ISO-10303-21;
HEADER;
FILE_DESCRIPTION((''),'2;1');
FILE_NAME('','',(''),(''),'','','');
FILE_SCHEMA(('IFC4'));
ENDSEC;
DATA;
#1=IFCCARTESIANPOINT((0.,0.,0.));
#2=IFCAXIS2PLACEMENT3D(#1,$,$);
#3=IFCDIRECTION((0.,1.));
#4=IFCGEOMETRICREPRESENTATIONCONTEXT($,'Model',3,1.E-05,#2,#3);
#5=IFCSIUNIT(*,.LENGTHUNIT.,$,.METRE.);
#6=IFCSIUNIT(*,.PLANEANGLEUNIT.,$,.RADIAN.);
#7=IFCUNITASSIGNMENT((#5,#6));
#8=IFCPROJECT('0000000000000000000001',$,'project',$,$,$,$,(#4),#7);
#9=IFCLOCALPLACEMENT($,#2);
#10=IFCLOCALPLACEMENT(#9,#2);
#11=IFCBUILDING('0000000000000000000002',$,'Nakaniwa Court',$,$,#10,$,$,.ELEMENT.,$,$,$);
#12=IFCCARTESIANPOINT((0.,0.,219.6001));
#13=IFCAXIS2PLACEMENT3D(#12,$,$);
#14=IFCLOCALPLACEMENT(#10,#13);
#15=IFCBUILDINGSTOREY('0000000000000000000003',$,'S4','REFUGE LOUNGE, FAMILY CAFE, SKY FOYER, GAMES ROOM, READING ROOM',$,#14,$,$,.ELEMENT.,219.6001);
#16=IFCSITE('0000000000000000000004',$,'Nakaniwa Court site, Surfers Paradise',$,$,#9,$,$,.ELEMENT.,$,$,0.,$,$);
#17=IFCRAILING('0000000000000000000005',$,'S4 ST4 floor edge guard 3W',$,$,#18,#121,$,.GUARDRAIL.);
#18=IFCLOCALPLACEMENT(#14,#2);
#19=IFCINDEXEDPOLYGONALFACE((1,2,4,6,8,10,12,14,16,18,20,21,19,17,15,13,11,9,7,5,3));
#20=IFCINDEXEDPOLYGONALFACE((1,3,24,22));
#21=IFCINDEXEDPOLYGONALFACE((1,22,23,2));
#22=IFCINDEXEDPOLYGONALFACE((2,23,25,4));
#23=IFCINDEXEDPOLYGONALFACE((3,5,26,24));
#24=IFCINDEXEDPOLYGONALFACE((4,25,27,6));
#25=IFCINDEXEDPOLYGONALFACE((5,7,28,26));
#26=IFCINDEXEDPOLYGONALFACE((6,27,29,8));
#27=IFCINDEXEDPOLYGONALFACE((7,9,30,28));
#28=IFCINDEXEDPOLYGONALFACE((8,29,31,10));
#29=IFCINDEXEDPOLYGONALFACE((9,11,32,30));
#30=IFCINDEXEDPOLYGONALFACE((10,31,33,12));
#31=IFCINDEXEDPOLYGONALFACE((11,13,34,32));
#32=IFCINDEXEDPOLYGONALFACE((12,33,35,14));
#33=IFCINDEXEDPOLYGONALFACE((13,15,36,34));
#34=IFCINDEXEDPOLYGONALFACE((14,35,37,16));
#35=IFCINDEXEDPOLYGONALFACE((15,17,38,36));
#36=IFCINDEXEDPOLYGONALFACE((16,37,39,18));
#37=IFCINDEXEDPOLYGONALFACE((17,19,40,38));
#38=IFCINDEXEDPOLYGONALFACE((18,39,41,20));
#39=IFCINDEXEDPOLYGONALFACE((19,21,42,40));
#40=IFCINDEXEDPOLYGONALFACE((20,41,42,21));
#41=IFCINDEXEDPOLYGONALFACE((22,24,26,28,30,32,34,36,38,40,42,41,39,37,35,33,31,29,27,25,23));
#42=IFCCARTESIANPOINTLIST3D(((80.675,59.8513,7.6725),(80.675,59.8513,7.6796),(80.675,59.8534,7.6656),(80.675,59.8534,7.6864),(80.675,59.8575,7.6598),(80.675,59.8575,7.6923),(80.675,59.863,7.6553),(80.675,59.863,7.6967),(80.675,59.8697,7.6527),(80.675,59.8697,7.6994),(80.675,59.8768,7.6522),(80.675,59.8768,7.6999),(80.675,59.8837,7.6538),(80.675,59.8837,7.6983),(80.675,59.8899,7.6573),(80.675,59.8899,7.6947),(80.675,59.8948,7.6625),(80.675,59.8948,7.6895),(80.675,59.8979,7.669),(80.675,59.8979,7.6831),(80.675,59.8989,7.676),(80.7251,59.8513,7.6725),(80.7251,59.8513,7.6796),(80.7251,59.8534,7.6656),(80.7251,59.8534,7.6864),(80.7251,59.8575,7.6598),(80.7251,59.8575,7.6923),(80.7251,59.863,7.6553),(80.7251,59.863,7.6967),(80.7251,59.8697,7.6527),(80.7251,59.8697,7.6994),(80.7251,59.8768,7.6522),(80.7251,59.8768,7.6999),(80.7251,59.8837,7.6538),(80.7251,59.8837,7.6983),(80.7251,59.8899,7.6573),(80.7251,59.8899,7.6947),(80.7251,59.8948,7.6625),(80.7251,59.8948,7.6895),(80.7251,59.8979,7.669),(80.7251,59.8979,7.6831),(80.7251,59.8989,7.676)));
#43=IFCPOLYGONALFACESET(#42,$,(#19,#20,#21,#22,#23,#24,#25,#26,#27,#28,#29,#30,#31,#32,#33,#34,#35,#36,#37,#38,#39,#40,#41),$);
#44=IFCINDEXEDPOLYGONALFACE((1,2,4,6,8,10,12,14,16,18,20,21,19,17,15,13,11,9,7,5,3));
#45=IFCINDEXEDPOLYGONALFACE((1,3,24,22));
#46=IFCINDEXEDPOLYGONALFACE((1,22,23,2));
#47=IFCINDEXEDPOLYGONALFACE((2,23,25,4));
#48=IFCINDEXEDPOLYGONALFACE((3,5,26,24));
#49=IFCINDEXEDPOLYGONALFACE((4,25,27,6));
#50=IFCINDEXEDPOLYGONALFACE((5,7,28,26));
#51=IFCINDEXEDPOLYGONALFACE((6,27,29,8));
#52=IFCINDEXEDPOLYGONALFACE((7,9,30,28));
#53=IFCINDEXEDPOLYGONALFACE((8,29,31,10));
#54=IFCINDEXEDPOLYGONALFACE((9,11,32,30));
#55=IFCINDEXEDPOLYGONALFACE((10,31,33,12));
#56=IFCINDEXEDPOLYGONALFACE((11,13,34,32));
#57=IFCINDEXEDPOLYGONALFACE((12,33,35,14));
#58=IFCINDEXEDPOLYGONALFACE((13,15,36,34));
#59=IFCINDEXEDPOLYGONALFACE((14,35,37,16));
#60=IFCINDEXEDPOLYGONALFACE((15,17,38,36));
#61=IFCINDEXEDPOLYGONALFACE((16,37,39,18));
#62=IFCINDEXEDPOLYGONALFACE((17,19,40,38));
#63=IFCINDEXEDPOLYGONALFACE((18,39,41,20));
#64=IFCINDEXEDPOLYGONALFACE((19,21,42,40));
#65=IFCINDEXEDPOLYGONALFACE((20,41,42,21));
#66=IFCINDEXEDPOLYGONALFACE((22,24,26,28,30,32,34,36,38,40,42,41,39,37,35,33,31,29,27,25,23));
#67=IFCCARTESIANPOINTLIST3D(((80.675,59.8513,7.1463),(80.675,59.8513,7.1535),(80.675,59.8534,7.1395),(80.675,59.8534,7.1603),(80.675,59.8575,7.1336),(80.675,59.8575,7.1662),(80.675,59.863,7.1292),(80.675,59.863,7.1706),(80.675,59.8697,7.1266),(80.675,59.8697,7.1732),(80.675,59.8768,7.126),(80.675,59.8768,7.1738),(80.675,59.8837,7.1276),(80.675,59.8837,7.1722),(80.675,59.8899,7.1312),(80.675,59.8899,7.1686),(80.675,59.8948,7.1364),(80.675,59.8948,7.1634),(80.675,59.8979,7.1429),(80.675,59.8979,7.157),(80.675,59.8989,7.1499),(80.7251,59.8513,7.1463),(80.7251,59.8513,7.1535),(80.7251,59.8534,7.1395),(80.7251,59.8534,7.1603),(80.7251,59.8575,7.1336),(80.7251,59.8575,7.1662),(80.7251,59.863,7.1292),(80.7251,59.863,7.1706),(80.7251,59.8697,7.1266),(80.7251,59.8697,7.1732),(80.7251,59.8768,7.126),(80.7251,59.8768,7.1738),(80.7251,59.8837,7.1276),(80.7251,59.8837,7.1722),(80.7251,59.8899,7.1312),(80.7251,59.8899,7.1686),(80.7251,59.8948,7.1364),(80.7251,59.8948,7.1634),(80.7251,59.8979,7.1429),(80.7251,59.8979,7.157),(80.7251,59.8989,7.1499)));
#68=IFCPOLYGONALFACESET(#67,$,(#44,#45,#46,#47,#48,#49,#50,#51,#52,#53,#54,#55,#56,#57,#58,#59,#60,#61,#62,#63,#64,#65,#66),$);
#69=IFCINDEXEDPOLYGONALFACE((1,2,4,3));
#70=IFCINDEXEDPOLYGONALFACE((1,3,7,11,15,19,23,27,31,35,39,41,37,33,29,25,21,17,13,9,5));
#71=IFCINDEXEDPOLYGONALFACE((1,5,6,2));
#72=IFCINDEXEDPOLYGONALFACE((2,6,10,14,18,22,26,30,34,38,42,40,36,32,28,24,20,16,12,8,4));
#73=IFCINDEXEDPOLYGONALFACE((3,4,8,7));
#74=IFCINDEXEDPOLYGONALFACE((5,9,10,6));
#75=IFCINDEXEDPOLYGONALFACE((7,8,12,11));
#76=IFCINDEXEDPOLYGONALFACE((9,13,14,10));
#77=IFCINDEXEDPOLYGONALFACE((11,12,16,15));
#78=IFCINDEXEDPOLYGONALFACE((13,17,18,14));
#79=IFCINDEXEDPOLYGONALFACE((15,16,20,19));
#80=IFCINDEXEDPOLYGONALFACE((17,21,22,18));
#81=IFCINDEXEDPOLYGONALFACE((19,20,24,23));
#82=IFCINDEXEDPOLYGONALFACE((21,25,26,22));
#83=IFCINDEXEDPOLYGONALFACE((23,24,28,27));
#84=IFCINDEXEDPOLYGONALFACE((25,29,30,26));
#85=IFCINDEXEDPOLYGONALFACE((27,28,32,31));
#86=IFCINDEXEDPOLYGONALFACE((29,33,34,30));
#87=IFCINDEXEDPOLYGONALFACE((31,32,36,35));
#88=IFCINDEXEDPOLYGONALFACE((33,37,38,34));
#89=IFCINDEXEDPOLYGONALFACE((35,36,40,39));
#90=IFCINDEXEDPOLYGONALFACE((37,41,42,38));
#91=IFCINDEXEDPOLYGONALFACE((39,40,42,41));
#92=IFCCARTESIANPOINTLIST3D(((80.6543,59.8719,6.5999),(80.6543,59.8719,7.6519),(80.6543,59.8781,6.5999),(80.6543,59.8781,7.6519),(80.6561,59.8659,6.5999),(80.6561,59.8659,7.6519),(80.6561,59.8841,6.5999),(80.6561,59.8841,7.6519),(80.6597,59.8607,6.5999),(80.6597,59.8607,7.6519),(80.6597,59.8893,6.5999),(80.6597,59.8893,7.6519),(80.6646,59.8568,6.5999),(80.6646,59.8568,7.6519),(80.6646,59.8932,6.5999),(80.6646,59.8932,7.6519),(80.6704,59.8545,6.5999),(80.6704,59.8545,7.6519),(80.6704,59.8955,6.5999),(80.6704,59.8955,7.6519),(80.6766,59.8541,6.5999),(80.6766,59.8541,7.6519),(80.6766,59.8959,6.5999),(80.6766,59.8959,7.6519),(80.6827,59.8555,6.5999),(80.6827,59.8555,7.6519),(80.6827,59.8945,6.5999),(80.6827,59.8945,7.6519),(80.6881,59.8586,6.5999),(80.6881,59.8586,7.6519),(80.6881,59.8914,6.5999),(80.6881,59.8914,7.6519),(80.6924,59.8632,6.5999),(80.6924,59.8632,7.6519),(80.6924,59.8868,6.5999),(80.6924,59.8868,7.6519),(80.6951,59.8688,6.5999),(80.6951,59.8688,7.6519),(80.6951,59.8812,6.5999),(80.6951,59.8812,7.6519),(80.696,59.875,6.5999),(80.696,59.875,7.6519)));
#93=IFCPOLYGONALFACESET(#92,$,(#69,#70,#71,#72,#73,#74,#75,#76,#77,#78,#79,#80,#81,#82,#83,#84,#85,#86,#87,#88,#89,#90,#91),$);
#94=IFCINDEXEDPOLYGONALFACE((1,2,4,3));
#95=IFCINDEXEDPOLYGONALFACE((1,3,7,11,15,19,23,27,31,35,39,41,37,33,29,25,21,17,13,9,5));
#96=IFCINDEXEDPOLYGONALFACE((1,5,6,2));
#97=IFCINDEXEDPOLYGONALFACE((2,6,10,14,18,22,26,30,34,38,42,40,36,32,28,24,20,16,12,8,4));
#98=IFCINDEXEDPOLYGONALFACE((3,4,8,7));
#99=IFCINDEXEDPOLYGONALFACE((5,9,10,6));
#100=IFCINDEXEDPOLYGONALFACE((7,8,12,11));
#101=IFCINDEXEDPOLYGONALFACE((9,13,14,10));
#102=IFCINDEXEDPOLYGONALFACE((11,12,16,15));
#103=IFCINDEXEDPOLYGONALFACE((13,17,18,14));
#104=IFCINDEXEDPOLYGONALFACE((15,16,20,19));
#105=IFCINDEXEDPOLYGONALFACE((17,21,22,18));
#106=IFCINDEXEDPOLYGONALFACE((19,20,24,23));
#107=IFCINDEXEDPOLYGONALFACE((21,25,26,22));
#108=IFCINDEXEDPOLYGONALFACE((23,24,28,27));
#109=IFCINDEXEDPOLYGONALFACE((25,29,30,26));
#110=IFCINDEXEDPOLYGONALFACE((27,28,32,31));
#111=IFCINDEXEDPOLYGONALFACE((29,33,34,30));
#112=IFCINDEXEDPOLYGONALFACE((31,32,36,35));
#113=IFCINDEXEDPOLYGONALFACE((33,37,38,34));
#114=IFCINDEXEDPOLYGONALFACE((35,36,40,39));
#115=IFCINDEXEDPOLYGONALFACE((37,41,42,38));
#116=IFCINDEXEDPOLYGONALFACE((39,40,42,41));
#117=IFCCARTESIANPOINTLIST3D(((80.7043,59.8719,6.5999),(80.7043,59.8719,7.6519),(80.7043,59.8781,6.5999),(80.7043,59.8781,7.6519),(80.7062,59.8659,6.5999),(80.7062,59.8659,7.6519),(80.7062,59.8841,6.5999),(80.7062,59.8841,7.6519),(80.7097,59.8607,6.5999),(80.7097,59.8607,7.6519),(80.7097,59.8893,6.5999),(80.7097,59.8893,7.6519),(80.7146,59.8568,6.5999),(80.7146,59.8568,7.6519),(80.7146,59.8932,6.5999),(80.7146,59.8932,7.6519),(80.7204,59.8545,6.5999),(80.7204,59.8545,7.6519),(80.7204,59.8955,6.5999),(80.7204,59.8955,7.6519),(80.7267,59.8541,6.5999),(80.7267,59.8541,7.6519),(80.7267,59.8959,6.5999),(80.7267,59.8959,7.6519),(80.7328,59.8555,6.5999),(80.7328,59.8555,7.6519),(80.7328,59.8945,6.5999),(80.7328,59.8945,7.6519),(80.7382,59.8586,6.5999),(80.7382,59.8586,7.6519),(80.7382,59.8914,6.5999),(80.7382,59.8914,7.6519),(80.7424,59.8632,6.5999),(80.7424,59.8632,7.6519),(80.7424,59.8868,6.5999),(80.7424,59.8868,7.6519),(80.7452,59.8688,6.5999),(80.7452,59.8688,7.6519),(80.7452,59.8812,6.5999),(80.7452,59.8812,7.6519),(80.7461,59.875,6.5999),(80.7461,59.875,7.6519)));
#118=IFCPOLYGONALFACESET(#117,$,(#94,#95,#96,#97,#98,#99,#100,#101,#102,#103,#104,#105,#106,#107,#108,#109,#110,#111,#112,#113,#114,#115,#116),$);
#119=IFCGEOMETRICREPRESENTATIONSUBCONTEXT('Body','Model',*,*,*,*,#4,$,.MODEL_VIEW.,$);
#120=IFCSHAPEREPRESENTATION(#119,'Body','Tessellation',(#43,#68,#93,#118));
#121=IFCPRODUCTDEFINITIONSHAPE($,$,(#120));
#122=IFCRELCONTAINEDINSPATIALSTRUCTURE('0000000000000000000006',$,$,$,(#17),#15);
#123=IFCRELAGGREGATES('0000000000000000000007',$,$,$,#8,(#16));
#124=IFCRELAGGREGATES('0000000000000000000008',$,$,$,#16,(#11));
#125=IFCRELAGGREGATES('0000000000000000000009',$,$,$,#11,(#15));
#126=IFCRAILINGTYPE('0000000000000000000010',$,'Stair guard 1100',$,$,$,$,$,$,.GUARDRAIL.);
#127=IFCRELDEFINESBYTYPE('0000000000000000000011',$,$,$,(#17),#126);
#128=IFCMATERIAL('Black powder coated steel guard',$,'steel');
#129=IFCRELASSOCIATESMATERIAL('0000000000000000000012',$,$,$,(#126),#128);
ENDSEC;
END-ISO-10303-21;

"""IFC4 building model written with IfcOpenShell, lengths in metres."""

from ifc_helpers import new_model, si_unit, direction, frame, origin, origin_2d, place, context, subcontext, project, spatial, circle, extrude, material, type_object, element, save


model = new_model("IFC4")

# Units and contexts
model_context = context("Model", 3, precision=1e-05, world=origin(), true_north=direction((0.0, 1.0)))
body_context = subcontext(model_context, "Body", "Model", "MODEL_VIEW")
ifc_project = project(units=[si_unit("LENGTHUNIT", "METRE"), si_unit("PLANEANGLEUNIT", "RADIAN")], contexts=[model_context])

# Site, building, storey
site_placement = place(None, origin())
site = spatial("IfcSite", under=ifc_project, at=site_placement, Name="Nakaniwa Court site, Surfers Paradise", CompositionType="ELEMENT", RefElevation=0.0)
building_placement = place(site_placement, origin())
building = spatial("IfcBuilding", under=site, at=building_placement, Name="Nakaniwa Court", CompositionType="ELEMENT")
storey_placement = place(building_placement, frame((0.0, 0.0, 219.6001)))
storey = spatial("IfcBuildingStorey", under=building, at=storey_placement, Name="S4", Description="REFUGE LOUNGE, FAMILY CAFE, SKY FOYER, GAMES ROOM, READING ROOM", CompositionType="ELEMENT", Elevation=219.6001)

# Railing
ifc_material_1 = material(Name="Black powder coated steel guard", Category="steel")
railing_type_1 = type_object("IfcRailingType", Name="Stair guard 1100", PredefinedType="GUARDRAIL", material=ifc_material_1)
for number, where, name in (
    (1, (80.675, 59.875, 6.5999), "S4 ST4 floor edge guard 3W"),
):
    element("IfcRailing", number, at=place(storey_placement, frame(where)), inside=storey, type_object=railing_type_1, Name=name, PredefinedType="GUARDRAIL", context=body_context, shape_type="SweptSolid", body=[
        extrude(circle(Radius=0.0239, at=origin_2d()), frame((0.0, 0.0, 1.0762), z_axis=(1.0, 0.0, 0.0), x_axis=(0.0, 1.0, 0.0)), (0.0, 0.0, 1.0), 0.05),
        extrude(circle(Radius=0.0239, at=origin_2d()), frame((0.0, 0.0, 0.55), z_axis=(1.0, 0.0, 0.0), x_axis=(0.0, 1.0, 0.0)), (0.0, 0.0, 1.0), 0.05),
        extrude(circle(Radius=0.021, at=origin_2d()), origin(), (0.0, 0.0, 1.0), 1.052),
        extrude(circle(Radius=0.021, at=origin_2d()), frame((0.05, 0.0, 0.0)), (0.0, 0.0, 1.0), 1.052),
    ])

save(model, "model.ifc")
